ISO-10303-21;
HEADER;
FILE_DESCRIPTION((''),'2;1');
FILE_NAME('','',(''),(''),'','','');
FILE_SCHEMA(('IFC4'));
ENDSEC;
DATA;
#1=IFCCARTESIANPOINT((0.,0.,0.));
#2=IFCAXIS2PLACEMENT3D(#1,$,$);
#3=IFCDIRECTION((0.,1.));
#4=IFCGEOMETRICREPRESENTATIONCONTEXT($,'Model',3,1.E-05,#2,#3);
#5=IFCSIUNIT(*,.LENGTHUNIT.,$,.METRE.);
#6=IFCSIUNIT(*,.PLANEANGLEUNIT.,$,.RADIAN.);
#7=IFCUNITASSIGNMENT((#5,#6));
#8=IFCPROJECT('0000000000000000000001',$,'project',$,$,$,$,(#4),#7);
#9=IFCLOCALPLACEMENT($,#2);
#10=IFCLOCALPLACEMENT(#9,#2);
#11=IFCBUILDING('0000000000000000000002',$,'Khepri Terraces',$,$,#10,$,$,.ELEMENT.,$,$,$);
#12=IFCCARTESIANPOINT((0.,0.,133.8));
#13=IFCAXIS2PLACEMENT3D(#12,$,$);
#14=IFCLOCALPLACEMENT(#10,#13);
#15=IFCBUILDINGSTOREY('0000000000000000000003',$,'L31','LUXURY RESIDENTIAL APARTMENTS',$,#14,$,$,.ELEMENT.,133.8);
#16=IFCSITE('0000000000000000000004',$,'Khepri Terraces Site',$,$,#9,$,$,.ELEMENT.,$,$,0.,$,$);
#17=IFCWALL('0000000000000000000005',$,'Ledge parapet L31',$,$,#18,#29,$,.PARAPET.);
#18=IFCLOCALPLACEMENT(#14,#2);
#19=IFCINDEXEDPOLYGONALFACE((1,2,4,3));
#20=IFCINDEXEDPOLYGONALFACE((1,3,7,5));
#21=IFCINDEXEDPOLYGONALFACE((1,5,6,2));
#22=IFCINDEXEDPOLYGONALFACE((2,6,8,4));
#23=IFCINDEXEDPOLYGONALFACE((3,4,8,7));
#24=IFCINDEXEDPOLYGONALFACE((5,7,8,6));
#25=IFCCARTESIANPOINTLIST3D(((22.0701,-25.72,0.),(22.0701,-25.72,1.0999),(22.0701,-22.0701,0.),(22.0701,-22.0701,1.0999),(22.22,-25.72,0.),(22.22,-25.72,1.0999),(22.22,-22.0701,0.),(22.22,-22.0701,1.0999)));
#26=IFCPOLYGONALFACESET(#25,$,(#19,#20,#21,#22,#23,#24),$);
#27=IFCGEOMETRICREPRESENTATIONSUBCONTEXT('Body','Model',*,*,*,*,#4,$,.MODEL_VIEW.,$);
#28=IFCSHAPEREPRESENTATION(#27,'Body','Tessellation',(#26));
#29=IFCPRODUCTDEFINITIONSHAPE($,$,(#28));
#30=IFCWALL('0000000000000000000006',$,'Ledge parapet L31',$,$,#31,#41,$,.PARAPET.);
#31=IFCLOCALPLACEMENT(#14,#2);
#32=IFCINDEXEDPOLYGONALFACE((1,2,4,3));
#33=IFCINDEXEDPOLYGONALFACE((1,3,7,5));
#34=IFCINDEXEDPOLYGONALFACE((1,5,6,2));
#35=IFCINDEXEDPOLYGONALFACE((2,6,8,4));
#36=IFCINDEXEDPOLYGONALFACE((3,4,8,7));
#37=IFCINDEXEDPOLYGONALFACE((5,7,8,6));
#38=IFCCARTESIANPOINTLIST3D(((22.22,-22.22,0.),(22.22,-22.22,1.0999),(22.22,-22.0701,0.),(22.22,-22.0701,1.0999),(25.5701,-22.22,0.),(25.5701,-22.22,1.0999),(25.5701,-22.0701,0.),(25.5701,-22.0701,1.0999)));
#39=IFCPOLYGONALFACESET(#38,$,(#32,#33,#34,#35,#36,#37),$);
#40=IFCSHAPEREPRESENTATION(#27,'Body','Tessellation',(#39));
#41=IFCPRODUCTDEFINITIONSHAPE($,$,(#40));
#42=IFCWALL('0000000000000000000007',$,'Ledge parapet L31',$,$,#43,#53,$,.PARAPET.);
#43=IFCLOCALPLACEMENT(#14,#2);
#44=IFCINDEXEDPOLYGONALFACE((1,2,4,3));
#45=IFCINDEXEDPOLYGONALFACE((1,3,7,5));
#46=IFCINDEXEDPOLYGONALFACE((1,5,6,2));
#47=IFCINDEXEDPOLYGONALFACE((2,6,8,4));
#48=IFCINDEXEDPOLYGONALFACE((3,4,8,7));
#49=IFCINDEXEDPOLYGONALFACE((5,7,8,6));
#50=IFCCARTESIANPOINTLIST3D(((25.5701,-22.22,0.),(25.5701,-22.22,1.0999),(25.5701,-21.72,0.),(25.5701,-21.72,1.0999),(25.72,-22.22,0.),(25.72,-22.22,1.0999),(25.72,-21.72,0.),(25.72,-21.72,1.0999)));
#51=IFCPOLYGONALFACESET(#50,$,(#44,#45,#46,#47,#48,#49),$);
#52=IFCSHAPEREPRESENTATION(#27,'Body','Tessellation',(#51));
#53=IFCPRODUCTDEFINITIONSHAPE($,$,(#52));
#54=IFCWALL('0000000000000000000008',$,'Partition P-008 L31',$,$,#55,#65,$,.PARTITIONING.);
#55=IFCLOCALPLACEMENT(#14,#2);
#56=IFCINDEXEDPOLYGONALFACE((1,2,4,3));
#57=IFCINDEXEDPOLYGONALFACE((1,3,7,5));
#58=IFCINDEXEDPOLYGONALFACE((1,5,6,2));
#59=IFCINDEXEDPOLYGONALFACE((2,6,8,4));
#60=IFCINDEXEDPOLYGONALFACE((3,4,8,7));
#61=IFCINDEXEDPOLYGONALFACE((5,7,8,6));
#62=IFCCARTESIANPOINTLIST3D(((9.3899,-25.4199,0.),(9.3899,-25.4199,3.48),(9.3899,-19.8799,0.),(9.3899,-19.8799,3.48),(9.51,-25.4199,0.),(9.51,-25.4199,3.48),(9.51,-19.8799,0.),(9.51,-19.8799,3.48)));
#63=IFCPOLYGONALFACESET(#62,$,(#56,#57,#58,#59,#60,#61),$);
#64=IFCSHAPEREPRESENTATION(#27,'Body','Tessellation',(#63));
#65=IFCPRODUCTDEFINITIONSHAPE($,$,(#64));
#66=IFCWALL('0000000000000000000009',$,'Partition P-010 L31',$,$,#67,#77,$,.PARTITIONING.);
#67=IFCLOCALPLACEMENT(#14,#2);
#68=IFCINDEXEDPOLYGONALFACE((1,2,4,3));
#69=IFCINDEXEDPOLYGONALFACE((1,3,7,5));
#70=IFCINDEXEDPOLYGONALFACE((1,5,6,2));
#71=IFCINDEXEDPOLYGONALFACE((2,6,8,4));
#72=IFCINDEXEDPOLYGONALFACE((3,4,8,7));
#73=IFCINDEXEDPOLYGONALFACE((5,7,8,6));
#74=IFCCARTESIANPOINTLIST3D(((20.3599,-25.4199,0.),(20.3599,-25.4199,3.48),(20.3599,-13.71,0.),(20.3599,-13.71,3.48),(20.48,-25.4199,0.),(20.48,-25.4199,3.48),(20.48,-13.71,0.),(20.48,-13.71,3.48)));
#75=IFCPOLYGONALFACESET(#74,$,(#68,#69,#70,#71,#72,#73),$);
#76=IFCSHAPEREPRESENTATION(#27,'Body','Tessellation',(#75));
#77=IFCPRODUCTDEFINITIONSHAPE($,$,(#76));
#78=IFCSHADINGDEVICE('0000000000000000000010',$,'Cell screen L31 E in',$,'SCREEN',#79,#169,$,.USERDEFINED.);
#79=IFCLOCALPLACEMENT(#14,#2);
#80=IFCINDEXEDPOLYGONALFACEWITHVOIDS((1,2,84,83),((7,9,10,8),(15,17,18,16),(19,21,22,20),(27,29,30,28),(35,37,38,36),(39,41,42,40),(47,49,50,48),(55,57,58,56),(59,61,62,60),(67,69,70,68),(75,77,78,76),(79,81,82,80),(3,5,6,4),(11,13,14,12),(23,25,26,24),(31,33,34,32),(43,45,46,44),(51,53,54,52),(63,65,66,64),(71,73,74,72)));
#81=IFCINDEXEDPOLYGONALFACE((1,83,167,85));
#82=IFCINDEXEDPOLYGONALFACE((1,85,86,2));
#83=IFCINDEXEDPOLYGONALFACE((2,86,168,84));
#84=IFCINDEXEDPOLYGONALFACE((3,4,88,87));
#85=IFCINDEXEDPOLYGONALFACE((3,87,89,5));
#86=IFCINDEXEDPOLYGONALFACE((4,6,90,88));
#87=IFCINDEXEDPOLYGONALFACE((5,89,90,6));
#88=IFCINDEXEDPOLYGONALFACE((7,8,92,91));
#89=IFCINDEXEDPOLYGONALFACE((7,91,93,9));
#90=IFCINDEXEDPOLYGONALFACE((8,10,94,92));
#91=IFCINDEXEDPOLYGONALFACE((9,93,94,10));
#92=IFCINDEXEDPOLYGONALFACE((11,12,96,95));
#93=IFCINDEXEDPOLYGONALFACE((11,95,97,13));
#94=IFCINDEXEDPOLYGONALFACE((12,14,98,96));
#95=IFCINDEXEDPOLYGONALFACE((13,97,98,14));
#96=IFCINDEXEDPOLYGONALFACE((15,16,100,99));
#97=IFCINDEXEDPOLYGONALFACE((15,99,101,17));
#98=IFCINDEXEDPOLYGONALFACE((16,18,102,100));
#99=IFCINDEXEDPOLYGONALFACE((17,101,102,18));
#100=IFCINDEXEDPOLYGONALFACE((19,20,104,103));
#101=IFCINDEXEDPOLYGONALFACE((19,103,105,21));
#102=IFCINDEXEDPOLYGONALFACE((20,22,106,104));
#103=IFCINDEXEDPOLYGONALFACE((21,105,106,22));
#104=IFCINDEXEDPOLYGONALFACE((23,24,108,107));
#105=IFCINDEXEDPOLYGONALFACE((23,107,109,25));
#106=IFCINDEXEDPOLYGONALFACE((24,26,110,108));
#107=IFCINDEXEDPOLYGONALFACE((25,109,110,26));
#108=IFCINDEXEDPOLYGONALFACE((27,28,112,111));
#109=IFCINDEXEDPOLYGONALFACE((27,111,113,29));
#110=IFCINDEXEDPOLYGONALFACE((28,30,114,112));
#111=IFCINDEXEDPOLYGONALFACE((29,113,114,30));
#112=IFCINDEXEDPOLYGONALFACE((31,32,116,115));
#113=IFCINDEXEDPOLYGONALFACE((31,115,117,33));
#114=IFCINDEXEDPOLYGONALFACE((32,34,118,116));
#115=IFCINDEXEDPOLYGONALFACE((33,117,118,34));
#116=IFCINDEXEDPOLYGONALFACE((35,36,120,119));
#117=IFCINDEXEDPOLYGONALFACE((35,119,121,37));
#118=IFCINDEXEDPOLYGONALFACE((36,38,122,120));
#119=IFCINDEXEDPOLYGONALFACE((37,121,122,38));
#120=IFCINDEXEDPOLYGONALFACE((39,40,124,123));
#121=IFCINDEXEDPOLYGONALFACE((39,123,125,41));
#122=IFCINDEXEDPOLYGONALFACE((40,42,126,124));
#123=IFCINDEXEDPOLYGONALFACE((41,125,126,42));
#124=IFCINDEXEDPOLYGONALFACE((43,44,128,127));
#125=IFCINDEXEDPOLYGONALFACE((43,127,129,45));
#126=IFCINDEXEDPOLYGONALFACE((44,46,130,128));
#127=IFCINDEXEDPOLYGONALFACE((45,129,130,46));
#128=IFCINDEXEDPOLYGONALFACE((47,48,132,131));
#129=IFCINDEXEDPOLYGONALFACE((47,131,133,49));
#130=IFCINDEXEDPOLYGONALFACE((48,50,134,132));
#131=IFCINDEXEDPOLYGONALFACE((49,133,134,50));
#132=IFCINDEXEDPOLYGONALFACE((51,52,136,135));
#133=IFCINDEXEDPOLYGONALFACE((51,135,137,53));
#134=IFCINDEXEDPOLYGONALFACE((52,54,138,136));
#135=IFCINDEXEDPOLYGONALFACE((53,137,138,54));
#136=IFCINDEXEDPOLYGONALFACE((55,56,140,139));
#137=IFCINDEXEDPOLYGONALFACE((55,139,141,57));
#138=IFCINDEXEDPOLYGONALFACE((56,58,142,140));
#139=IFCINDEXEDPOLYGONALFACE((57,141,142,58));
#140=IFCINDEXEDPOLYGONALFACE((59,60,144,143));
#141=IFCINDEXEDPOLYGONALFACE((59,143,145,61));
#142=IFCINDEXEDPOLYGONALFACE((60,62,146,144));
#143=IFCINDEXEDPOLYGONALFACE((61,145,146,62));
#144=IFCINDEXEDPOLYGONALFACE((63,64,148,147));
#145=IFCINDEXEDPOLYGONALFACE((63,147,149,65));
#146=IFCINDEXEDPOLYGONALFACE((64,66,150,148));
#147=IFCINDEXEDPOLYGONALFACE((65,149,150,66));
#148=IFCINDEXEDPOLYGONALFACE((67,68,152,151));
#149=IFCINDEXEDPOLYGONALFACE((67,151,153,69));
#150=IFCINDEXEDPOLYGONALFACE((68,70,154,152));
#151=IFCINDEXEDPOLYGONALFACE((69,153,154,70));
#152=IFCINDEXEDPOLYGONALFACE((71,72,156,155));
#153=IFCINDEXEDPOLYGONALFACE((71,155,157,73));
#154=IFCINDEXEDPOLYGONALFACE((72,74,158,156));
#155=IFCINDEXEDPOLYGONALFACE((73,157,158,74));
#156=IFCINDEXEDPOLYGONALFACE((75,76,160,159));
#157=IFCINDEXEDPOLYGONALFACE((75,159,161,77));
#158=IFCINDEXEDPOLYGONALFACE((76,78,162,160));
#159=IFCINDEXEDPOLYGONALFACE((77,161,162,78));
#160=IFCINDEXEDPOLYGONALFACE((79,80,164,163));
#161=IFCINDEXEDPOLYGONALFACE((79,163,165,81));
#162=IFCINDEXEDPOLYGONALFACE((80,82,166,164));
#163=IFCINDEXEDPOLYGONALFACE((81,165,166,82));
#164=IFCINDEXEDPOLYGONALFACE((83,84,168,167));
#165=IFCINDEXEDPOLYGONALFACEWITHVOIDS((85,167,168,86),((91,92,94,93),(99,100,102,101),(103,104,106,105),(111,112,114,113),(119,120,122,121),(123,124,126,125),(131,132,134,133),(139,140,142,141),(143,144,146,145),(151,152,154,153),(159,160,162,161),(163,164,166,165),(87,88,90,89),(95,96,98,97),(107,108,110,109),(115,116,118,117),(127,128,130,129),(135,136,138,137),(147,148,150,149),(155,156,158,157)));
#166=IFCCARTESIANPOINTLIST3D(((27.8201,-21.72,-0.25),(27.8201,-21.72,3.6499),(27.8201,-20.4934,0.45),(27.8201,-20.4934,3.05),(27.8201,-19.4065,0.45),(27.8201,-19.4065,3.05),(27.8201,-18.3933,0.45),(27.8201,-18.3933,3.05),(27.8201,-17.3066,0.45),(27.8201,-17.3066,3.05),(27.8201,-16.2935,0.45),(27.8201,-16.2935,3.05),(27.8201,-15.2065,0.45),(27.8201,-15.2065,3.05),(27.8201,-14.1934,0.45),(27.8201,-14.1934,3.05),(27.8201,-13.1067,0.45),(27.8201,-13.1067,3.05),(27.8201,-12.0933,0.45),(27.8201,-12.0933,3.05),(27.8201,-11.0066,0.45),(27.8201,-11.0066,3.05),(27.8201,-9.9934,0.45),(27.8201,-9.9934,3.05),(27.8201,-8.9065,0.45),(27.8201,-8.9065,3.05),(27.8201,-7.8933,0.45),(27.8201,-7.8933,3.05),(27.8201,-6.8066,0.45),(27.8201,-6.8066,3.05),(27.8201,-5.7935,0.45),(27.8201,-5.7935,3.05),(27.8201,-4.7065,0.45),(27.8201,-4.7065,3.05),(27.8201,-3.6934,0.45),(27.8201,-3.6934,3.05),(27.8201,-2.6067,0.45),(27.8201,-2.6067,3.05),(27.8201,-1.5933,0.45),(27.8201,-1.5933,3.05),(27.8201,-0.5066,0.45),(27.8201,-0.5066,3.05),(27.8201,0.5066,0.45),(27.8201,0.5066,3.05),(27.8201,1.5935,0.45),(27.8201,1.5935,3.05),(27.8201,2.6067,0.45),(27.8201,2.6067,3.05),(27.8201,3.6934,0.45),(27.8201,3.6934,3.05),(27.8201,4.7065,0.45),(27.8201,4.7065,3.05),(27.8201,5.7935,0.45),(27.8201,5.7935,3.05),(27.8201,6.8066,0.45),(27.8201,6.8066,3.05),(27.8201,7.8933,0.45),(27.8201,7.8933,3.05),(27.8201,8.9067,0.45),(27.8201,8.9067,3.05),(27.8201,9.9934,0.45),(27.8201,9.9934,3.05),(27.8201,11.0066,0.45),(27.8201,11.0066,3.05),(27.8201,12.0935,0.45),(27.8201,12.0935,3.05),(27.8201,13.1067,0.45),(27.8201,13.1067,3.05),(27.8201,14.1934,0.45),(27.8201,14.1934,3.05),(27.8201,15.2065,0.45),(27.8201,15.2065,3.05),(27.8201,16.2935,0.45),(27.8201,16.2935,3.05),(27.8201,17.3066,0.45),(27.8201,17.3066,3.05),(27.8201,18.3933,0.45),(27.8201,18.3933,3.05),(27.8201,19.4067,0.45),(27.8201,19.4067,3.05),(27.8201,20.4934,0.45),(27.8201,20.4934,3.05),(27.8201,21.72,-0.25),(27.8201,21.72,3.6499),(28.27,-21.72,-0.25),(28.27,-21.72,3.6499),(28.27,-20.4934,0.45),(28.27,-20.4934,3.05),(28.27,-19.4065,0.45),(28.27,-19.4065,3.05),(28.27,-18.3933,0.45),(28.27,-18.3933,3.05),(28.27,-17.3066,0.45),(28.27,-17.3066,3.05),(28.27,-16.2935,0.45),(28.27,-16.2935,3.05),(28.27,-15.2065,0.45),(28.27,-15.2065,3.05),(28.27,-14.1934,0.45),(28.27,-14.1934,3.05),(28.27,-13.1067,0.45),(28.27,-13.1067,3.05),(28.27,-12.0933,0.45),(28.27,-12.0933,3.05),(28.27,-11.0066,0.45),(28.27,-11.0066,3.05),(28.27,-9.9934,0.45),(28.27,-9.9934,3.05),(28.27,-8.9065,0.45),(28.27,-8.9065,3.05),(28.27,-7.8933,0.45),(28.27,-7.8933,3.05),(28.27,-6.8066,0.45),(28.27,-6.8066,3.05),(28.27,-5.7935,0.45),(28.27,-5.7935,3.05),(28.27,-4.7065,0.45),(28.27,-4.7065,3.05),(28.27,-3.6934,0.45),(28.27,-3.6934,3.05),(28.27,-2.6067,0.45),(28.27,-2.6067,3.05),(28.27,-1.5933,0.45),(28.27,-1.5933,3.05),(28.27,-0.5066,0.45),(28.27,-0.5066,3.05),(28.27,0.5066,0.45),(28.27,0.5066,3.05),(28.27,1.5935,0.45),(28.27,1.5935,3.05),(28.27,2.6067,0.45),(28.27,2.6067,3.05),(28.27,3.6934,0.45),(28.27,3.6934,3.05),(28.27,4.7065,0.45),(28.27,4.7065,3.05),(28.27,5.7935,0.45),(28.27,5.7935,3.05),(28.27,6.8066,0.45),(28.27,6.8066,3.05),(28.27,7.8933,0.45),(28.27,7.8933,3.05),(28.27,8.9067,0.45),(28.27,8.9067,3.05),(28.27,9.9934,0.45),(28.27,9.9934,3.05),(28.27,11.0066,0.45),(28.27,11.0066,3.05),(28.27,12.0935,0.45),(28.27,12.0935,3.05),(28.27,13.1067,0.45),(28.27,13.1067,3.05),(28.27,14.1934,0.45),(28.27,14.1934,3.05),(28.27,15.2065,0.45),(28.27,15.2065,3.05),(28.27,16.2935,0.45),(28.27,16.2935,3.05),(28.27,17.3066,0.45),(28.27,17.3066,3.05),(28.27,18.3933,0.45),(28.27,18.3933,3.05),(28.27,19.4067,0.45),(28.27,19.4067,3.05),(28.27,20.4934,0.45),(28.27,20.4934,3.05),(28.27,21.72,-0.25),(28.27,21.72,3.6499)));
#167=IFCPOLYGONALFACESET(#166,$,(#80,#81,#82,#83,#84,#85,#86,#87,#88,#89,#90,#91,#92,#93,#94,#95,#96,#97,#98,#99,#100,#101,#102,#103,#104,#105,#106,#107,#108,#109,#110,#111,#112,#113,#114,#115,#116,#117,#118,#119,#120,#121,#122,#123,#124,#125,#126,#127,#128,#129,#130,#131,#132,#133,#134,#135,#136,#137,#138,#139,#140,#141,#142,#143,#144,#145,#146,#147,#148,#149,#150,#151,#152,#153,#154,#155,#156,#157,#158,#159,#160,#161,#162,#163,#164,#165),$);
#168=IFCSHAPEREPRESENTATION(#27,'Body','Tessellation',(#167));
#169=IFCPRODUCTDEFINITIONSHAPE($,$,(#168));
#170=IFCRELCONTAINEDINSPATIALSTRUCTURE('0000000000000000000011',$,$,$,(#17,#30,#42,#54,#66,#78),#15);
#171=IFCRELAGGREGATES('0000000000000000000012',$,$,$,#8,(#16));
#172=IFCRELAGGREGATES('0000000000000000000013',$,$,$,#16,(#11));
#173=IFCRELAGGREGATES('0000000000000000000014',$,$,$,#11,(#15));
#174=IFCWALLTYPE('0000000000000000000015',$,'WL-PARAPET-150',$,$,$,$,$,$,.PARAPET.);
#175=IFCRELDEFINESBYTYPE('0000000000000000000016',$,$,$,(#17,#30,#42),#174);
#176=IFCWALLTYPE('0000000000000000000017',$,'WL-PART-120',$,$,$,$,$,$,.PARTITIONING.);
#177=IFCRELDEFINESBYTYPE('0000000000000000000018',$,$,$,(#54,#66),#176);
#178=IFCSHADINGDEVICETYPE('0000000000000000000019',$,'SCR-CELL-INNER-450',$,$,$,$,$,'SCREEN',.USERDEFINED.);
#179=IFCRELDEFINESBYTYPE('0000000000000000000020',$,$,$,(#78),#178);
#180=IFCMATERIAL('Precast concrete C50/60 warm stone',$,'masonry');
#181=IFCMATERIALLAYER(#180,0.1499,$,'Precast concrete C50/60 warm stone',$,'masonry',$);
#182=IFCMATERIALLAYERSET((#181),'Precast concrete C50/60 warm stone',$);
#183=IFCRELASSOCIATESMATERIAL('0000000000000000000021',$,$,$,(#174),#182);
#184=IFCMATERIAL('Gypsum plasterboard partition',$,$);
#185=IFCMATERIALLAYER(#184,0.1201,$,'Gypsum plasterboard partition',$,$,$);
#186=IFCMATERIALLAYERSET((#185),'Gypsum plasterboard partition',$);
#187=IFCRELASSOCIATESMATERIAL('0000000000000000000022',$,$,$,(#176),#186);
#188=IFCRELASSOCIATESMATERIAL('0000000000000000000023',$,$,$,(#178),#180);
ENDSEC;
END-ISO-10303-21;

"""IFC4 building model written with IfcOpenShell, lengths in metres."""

from ifc_helpers import new_model, si_unit, direction, frame, frame_2d, origin, place, context, subcontext, project, spatial, polyline, rectangle, outline, extrude, material, layer, layer_set, type_object, element, save


model = new_model("IFC4")

# Units and contexts
model_context = context("Model", 3, precision=1e-05, world=origin(), true_north=direction((0.0, 1.0)))
body_context = subcontext(model_context, "Body", "Model", "MODEL_VIEW")
ifc_project = project(units=[si_unit("LENGTHUNIT", "METRE"), si_unit("PLANEANGLEUNIT", "RADIAN")], contexts=[model_context])

# Site, building, storey
site_placement = place(None, origin())
site = spatial("IfcSite", under=ifc_project, at=site_placement, Name="Khepri Terraces Site", CompositionType="ELEMENT", RefElevation=0.0)
building_placement = place(site_placement, origin())
building = spatial("IfcBuilding", under=site, at=building_placement, Name="Khepri Terraces", CompositionType="ELEMENT")
storey_placement = place(building_placement, frame((0.0, 0.0, 133.8)))
storey = spatial("IfcBuildingStorey", under=building, at=storey_placement, Name="L31", Description="LUXURY RESIDENTIAL APARTMENTS", CompositionType="ELEMENT", Elevation=133.8)

# Shared definitions
ifc_material_1 = material(Name="Precast concrete C50/60 warm stone", Category="masonry")

# Walls
ifc_layer_1 = layer(ifc_material_1, 0.1499, Name="Precast concrete C50/60 warm stone", Category="masonry")
ifc_layer_set_1 = layer_set([ifc_layer_1], Name="Precast concrete C50/60 warm stone")
wall_type_1 = type_object("IfcWallType", Name="WL-PARAPET-150", PredefinedType="PARAPET", material=ifc_layer_set_1)
wall_1_placement = place(storey_placement, frame((22.145, -25.72, 0.0), z_axis=(0.0, 0.0, 1.0), x_axis=(0.0, 1.0, 0.0)))
element("IfcWall", 1, at=wall_1_placement, inside=storey, type_object=wall_type_1, Name="Ledge parapet L31", PredefinedType="PARAPET", context=body_context, shape_type="SweptSolid", body=[
    extrude(rectangle(XDim=3.6499, YDim=0.1499, at=frame_2d((1.825, 0.0))), origin(), (0.0, 0.0, 1.0), 1.0999),
])
wall_2_placement = place(storey_placement, frame((22.22, -22.145, 0.0), z_axis=(0.0, 0.0, 1.0), x_axis=(1.0, 0.0, 0.0)))
element("IfcWall", 2, at=wall_2_placement, inside=storey, type_object=wall_type_1, Name="Ledge parapet L31", PredefinedType="PARAPET", context=body_context, shape_type="SweptSolid", body=[
    extrude(rectangle(XDim=3.3501, YDim=0.1499, at=frame_2d((1.675, 0.0))), origin(), (0.0, 0.0, 1.0), 1.0999),
])
wall_3_placement = place(storey_placement, frame((25.645, -22.22, 0.0), z_axis=(0.0, 0.0, 1.0), x_axis=(0.0, 1.0, 0.0)))
element("IfcWall", 3, at=wall_3_placement, inside=storey, type_object=wall_type_1, Name="Ledge parapet L31", PredefinedType="PARAPET", context=body_context, shape_type="SweptSolid", body=[
    extrude(rectangle(XDim=0.5, YDim=0.1499, at=frame_2d((0.25, 0.0))), origin(), (0.0, 0.0, 1.0), 1.0999),
])
ifc_material_2 = material(Name="Gypsum plasterboard partition")
ifc_layer_2 = layer(ifc_material_2, 0.1201, Name="Gypsum plasterboard partition")
ifc_layer_set_2 = layer_set([ifc_layer_2], Name="Gypsum plasterboard partition")
wall_type_2 = type_object("IfcWallType", Name="WL-PART-120", PredefinedType="PARTITIONING", material=ifc_layer_set_2)
wall_4_placement = place(storey_placement, frame((9.45, -25.4199, 0.0), z_axis=(0.0, 0.0, 1.0), x_axis=(0.0, 1.0, 0.0)))
element("IfcWall", 4, at=wall_4_placement, inside=storey, type_object=wall_type_2, Name="Partition P-008 L31", PredefinedType="PARTITIONING", context=body_context, shape_type="SweptSolid", body=[
    extrude(rectangle(XDim=5.54, YDim=0.1201, at=frame_2d((2.77, 0.0))), origin(), (0.0, 0.0, 1.0), 3.48),
])
wall_5_placement = place(storey_placement, frame((20.4199, -25.4199, 0.0), z_axis=(0.0, 0.0, 1.0), x_axis=(0.0, 1.0, 0.0)))
element("IfcWall", 5, at=wall_5_placement, inside=storey, type_object=wall_type_2, Name="Partition P-010 L31", PredefinedType="PARTITIONING", context=body_context, shape_type="SweptSolid", body=[
    extrude(rectangle(XDim=11.71, YDim=0.1201, at=frame_2d((5.855, 0.0))), origin(), (0.0, 0.0, 1.0), 3.48),
])

# Shading device
shading_device_type_1 = type_object("IfcShadingDeviceType", Name="SCR-CELL-INNER-450", ElementType="SCREEN", PredefinedType="USERDEFINED", material=ifc_material_1)
shading_device_1_placement = place(storey_placement, frame((27.8201, -21.72, -0.25), z_axis=(1.0, 0.0, 0.0), x_axis=(0.0, 1.0, 0.0)))
element("IfcShadingDevice", 6, at=shading_device_1_placement, inside=storey, type_object=shading_device_type_1, Name="Cell screen L31 E in", ObjectType="SCREEN", PredefinedType="USERDEFINED", context=body_context, shape_type="SweptSolid", body=[
    extrude(outline(polyline([(0.0, 0.0), (43.4399, 0.0), (43.4399, 3.8999), (0.0, 3.8999), (0.0, 0.0)]), holes=[polyline([(1.2266, 0.7), (2.3135, 0.7), (2.3135, 3.3), (1.2266, 3.3), (1.2266, 0.7)]), polyline([(3.3267, 0.7), (4.4133, 0.7), (4.4133, 3.3), (3.3267, 3.3), (3.3267, 0.7)]), polyline([(5.4265, 0.7), (6.5134, 0.7), (6.5134, 3.3), (5.4265, 3.3), (5.4265, 0.7)]), polyline([(7.5266, 0.7), (8.6133, 0.7), (8.6133, 3.3), (7.5266, 3.3), (7.5266, 0.7)]), polyline([(9.6267, 0.7), (10.7134, 0.7), (10.7134, 3.3), (9.6267, 3.3), (9.6267, 0.7)]), polyline([(11.7266, 0.7), (12.8135, 0.7), (12.8135, 3.3), (11.7266, 3.3), (11.7266, 0.7)]), polyline([(13.8267, 0.7), (14.9133, 0.7), (14.9133, 3.3), (13.8267, 3.3), (13.8267, 0.7)]), polyline([(15.9265, 0.7), (17.0134, 0.7), (17.0134, 3.3), (15.9265, 3.3), (15.9265, 0.7)]), polyline([(18.0266, 0.7), (19.1133, 0.7), (19.1133, 3.3), (18.0266, 3.3), (18.0266, 0.7)]), polyline([(20.1267, 0.7), (21.2134, 0.7), (21.2134, 3.3), (20.1267, 3.3), (20.1267, 0.7)]), polyline([(22.2266, 0.7), (23.3135, 0.7), (23.3135, 3.3), (22.2266, 3.3), (22.2266, 0.7)]), polyline([(24.3267, 0.7), (25.4133, 0.7), (25.4133, 3.3), (24.3267, 3.3), (24.3267, 0.7)]), polyline([(26.4265, 0.7), (27.5134, 0.7), (27.5134, 3.3), (26.4265, 3.3), (26.4265, 0.7)]), polyline([(28.5266, 0.7), (29.6133, 0.7), (29.6133, 3.3), (28.5266, 3.3), (28.5266, 0.7)]), polyline([(30.6267, 0.7), (31.7134, 0.7), (31.7134, 3.3), (30.6267, 3.3), (30.6267, 0.7)]), polyline([(32.7266, 0.7), (33.8135, 0.7), (33.8135, 3.3), (32.7266, 3.3), (32.7266, 0.7)]), polyline([(34.8267, 0.7), (35.9133, 0.7), (35.9133, 3.3), (34.8267, 3.3), (34.8267, 0.7)]), polyline([(36.9265, 0.7), (38.0134, 0.7), (38.0134, 3.3), (36.9265, 3.3), (36.9265, 0.7)]), polyline([(39.0266, 0.7), (40.1133, 0.7), (40.1133, 3.3), (39.0266, 3.3), (39.0266, 0.7)]), polyline([(41.1267, 0.7), (42.2134, 0.7), (42.2134, 3.3), (41.1267, 3.3), (41.1267, 0.7)])]), origin(), (0.0, 0.0, 1.0), 0.45),
])

save(model, "model.ifc")
